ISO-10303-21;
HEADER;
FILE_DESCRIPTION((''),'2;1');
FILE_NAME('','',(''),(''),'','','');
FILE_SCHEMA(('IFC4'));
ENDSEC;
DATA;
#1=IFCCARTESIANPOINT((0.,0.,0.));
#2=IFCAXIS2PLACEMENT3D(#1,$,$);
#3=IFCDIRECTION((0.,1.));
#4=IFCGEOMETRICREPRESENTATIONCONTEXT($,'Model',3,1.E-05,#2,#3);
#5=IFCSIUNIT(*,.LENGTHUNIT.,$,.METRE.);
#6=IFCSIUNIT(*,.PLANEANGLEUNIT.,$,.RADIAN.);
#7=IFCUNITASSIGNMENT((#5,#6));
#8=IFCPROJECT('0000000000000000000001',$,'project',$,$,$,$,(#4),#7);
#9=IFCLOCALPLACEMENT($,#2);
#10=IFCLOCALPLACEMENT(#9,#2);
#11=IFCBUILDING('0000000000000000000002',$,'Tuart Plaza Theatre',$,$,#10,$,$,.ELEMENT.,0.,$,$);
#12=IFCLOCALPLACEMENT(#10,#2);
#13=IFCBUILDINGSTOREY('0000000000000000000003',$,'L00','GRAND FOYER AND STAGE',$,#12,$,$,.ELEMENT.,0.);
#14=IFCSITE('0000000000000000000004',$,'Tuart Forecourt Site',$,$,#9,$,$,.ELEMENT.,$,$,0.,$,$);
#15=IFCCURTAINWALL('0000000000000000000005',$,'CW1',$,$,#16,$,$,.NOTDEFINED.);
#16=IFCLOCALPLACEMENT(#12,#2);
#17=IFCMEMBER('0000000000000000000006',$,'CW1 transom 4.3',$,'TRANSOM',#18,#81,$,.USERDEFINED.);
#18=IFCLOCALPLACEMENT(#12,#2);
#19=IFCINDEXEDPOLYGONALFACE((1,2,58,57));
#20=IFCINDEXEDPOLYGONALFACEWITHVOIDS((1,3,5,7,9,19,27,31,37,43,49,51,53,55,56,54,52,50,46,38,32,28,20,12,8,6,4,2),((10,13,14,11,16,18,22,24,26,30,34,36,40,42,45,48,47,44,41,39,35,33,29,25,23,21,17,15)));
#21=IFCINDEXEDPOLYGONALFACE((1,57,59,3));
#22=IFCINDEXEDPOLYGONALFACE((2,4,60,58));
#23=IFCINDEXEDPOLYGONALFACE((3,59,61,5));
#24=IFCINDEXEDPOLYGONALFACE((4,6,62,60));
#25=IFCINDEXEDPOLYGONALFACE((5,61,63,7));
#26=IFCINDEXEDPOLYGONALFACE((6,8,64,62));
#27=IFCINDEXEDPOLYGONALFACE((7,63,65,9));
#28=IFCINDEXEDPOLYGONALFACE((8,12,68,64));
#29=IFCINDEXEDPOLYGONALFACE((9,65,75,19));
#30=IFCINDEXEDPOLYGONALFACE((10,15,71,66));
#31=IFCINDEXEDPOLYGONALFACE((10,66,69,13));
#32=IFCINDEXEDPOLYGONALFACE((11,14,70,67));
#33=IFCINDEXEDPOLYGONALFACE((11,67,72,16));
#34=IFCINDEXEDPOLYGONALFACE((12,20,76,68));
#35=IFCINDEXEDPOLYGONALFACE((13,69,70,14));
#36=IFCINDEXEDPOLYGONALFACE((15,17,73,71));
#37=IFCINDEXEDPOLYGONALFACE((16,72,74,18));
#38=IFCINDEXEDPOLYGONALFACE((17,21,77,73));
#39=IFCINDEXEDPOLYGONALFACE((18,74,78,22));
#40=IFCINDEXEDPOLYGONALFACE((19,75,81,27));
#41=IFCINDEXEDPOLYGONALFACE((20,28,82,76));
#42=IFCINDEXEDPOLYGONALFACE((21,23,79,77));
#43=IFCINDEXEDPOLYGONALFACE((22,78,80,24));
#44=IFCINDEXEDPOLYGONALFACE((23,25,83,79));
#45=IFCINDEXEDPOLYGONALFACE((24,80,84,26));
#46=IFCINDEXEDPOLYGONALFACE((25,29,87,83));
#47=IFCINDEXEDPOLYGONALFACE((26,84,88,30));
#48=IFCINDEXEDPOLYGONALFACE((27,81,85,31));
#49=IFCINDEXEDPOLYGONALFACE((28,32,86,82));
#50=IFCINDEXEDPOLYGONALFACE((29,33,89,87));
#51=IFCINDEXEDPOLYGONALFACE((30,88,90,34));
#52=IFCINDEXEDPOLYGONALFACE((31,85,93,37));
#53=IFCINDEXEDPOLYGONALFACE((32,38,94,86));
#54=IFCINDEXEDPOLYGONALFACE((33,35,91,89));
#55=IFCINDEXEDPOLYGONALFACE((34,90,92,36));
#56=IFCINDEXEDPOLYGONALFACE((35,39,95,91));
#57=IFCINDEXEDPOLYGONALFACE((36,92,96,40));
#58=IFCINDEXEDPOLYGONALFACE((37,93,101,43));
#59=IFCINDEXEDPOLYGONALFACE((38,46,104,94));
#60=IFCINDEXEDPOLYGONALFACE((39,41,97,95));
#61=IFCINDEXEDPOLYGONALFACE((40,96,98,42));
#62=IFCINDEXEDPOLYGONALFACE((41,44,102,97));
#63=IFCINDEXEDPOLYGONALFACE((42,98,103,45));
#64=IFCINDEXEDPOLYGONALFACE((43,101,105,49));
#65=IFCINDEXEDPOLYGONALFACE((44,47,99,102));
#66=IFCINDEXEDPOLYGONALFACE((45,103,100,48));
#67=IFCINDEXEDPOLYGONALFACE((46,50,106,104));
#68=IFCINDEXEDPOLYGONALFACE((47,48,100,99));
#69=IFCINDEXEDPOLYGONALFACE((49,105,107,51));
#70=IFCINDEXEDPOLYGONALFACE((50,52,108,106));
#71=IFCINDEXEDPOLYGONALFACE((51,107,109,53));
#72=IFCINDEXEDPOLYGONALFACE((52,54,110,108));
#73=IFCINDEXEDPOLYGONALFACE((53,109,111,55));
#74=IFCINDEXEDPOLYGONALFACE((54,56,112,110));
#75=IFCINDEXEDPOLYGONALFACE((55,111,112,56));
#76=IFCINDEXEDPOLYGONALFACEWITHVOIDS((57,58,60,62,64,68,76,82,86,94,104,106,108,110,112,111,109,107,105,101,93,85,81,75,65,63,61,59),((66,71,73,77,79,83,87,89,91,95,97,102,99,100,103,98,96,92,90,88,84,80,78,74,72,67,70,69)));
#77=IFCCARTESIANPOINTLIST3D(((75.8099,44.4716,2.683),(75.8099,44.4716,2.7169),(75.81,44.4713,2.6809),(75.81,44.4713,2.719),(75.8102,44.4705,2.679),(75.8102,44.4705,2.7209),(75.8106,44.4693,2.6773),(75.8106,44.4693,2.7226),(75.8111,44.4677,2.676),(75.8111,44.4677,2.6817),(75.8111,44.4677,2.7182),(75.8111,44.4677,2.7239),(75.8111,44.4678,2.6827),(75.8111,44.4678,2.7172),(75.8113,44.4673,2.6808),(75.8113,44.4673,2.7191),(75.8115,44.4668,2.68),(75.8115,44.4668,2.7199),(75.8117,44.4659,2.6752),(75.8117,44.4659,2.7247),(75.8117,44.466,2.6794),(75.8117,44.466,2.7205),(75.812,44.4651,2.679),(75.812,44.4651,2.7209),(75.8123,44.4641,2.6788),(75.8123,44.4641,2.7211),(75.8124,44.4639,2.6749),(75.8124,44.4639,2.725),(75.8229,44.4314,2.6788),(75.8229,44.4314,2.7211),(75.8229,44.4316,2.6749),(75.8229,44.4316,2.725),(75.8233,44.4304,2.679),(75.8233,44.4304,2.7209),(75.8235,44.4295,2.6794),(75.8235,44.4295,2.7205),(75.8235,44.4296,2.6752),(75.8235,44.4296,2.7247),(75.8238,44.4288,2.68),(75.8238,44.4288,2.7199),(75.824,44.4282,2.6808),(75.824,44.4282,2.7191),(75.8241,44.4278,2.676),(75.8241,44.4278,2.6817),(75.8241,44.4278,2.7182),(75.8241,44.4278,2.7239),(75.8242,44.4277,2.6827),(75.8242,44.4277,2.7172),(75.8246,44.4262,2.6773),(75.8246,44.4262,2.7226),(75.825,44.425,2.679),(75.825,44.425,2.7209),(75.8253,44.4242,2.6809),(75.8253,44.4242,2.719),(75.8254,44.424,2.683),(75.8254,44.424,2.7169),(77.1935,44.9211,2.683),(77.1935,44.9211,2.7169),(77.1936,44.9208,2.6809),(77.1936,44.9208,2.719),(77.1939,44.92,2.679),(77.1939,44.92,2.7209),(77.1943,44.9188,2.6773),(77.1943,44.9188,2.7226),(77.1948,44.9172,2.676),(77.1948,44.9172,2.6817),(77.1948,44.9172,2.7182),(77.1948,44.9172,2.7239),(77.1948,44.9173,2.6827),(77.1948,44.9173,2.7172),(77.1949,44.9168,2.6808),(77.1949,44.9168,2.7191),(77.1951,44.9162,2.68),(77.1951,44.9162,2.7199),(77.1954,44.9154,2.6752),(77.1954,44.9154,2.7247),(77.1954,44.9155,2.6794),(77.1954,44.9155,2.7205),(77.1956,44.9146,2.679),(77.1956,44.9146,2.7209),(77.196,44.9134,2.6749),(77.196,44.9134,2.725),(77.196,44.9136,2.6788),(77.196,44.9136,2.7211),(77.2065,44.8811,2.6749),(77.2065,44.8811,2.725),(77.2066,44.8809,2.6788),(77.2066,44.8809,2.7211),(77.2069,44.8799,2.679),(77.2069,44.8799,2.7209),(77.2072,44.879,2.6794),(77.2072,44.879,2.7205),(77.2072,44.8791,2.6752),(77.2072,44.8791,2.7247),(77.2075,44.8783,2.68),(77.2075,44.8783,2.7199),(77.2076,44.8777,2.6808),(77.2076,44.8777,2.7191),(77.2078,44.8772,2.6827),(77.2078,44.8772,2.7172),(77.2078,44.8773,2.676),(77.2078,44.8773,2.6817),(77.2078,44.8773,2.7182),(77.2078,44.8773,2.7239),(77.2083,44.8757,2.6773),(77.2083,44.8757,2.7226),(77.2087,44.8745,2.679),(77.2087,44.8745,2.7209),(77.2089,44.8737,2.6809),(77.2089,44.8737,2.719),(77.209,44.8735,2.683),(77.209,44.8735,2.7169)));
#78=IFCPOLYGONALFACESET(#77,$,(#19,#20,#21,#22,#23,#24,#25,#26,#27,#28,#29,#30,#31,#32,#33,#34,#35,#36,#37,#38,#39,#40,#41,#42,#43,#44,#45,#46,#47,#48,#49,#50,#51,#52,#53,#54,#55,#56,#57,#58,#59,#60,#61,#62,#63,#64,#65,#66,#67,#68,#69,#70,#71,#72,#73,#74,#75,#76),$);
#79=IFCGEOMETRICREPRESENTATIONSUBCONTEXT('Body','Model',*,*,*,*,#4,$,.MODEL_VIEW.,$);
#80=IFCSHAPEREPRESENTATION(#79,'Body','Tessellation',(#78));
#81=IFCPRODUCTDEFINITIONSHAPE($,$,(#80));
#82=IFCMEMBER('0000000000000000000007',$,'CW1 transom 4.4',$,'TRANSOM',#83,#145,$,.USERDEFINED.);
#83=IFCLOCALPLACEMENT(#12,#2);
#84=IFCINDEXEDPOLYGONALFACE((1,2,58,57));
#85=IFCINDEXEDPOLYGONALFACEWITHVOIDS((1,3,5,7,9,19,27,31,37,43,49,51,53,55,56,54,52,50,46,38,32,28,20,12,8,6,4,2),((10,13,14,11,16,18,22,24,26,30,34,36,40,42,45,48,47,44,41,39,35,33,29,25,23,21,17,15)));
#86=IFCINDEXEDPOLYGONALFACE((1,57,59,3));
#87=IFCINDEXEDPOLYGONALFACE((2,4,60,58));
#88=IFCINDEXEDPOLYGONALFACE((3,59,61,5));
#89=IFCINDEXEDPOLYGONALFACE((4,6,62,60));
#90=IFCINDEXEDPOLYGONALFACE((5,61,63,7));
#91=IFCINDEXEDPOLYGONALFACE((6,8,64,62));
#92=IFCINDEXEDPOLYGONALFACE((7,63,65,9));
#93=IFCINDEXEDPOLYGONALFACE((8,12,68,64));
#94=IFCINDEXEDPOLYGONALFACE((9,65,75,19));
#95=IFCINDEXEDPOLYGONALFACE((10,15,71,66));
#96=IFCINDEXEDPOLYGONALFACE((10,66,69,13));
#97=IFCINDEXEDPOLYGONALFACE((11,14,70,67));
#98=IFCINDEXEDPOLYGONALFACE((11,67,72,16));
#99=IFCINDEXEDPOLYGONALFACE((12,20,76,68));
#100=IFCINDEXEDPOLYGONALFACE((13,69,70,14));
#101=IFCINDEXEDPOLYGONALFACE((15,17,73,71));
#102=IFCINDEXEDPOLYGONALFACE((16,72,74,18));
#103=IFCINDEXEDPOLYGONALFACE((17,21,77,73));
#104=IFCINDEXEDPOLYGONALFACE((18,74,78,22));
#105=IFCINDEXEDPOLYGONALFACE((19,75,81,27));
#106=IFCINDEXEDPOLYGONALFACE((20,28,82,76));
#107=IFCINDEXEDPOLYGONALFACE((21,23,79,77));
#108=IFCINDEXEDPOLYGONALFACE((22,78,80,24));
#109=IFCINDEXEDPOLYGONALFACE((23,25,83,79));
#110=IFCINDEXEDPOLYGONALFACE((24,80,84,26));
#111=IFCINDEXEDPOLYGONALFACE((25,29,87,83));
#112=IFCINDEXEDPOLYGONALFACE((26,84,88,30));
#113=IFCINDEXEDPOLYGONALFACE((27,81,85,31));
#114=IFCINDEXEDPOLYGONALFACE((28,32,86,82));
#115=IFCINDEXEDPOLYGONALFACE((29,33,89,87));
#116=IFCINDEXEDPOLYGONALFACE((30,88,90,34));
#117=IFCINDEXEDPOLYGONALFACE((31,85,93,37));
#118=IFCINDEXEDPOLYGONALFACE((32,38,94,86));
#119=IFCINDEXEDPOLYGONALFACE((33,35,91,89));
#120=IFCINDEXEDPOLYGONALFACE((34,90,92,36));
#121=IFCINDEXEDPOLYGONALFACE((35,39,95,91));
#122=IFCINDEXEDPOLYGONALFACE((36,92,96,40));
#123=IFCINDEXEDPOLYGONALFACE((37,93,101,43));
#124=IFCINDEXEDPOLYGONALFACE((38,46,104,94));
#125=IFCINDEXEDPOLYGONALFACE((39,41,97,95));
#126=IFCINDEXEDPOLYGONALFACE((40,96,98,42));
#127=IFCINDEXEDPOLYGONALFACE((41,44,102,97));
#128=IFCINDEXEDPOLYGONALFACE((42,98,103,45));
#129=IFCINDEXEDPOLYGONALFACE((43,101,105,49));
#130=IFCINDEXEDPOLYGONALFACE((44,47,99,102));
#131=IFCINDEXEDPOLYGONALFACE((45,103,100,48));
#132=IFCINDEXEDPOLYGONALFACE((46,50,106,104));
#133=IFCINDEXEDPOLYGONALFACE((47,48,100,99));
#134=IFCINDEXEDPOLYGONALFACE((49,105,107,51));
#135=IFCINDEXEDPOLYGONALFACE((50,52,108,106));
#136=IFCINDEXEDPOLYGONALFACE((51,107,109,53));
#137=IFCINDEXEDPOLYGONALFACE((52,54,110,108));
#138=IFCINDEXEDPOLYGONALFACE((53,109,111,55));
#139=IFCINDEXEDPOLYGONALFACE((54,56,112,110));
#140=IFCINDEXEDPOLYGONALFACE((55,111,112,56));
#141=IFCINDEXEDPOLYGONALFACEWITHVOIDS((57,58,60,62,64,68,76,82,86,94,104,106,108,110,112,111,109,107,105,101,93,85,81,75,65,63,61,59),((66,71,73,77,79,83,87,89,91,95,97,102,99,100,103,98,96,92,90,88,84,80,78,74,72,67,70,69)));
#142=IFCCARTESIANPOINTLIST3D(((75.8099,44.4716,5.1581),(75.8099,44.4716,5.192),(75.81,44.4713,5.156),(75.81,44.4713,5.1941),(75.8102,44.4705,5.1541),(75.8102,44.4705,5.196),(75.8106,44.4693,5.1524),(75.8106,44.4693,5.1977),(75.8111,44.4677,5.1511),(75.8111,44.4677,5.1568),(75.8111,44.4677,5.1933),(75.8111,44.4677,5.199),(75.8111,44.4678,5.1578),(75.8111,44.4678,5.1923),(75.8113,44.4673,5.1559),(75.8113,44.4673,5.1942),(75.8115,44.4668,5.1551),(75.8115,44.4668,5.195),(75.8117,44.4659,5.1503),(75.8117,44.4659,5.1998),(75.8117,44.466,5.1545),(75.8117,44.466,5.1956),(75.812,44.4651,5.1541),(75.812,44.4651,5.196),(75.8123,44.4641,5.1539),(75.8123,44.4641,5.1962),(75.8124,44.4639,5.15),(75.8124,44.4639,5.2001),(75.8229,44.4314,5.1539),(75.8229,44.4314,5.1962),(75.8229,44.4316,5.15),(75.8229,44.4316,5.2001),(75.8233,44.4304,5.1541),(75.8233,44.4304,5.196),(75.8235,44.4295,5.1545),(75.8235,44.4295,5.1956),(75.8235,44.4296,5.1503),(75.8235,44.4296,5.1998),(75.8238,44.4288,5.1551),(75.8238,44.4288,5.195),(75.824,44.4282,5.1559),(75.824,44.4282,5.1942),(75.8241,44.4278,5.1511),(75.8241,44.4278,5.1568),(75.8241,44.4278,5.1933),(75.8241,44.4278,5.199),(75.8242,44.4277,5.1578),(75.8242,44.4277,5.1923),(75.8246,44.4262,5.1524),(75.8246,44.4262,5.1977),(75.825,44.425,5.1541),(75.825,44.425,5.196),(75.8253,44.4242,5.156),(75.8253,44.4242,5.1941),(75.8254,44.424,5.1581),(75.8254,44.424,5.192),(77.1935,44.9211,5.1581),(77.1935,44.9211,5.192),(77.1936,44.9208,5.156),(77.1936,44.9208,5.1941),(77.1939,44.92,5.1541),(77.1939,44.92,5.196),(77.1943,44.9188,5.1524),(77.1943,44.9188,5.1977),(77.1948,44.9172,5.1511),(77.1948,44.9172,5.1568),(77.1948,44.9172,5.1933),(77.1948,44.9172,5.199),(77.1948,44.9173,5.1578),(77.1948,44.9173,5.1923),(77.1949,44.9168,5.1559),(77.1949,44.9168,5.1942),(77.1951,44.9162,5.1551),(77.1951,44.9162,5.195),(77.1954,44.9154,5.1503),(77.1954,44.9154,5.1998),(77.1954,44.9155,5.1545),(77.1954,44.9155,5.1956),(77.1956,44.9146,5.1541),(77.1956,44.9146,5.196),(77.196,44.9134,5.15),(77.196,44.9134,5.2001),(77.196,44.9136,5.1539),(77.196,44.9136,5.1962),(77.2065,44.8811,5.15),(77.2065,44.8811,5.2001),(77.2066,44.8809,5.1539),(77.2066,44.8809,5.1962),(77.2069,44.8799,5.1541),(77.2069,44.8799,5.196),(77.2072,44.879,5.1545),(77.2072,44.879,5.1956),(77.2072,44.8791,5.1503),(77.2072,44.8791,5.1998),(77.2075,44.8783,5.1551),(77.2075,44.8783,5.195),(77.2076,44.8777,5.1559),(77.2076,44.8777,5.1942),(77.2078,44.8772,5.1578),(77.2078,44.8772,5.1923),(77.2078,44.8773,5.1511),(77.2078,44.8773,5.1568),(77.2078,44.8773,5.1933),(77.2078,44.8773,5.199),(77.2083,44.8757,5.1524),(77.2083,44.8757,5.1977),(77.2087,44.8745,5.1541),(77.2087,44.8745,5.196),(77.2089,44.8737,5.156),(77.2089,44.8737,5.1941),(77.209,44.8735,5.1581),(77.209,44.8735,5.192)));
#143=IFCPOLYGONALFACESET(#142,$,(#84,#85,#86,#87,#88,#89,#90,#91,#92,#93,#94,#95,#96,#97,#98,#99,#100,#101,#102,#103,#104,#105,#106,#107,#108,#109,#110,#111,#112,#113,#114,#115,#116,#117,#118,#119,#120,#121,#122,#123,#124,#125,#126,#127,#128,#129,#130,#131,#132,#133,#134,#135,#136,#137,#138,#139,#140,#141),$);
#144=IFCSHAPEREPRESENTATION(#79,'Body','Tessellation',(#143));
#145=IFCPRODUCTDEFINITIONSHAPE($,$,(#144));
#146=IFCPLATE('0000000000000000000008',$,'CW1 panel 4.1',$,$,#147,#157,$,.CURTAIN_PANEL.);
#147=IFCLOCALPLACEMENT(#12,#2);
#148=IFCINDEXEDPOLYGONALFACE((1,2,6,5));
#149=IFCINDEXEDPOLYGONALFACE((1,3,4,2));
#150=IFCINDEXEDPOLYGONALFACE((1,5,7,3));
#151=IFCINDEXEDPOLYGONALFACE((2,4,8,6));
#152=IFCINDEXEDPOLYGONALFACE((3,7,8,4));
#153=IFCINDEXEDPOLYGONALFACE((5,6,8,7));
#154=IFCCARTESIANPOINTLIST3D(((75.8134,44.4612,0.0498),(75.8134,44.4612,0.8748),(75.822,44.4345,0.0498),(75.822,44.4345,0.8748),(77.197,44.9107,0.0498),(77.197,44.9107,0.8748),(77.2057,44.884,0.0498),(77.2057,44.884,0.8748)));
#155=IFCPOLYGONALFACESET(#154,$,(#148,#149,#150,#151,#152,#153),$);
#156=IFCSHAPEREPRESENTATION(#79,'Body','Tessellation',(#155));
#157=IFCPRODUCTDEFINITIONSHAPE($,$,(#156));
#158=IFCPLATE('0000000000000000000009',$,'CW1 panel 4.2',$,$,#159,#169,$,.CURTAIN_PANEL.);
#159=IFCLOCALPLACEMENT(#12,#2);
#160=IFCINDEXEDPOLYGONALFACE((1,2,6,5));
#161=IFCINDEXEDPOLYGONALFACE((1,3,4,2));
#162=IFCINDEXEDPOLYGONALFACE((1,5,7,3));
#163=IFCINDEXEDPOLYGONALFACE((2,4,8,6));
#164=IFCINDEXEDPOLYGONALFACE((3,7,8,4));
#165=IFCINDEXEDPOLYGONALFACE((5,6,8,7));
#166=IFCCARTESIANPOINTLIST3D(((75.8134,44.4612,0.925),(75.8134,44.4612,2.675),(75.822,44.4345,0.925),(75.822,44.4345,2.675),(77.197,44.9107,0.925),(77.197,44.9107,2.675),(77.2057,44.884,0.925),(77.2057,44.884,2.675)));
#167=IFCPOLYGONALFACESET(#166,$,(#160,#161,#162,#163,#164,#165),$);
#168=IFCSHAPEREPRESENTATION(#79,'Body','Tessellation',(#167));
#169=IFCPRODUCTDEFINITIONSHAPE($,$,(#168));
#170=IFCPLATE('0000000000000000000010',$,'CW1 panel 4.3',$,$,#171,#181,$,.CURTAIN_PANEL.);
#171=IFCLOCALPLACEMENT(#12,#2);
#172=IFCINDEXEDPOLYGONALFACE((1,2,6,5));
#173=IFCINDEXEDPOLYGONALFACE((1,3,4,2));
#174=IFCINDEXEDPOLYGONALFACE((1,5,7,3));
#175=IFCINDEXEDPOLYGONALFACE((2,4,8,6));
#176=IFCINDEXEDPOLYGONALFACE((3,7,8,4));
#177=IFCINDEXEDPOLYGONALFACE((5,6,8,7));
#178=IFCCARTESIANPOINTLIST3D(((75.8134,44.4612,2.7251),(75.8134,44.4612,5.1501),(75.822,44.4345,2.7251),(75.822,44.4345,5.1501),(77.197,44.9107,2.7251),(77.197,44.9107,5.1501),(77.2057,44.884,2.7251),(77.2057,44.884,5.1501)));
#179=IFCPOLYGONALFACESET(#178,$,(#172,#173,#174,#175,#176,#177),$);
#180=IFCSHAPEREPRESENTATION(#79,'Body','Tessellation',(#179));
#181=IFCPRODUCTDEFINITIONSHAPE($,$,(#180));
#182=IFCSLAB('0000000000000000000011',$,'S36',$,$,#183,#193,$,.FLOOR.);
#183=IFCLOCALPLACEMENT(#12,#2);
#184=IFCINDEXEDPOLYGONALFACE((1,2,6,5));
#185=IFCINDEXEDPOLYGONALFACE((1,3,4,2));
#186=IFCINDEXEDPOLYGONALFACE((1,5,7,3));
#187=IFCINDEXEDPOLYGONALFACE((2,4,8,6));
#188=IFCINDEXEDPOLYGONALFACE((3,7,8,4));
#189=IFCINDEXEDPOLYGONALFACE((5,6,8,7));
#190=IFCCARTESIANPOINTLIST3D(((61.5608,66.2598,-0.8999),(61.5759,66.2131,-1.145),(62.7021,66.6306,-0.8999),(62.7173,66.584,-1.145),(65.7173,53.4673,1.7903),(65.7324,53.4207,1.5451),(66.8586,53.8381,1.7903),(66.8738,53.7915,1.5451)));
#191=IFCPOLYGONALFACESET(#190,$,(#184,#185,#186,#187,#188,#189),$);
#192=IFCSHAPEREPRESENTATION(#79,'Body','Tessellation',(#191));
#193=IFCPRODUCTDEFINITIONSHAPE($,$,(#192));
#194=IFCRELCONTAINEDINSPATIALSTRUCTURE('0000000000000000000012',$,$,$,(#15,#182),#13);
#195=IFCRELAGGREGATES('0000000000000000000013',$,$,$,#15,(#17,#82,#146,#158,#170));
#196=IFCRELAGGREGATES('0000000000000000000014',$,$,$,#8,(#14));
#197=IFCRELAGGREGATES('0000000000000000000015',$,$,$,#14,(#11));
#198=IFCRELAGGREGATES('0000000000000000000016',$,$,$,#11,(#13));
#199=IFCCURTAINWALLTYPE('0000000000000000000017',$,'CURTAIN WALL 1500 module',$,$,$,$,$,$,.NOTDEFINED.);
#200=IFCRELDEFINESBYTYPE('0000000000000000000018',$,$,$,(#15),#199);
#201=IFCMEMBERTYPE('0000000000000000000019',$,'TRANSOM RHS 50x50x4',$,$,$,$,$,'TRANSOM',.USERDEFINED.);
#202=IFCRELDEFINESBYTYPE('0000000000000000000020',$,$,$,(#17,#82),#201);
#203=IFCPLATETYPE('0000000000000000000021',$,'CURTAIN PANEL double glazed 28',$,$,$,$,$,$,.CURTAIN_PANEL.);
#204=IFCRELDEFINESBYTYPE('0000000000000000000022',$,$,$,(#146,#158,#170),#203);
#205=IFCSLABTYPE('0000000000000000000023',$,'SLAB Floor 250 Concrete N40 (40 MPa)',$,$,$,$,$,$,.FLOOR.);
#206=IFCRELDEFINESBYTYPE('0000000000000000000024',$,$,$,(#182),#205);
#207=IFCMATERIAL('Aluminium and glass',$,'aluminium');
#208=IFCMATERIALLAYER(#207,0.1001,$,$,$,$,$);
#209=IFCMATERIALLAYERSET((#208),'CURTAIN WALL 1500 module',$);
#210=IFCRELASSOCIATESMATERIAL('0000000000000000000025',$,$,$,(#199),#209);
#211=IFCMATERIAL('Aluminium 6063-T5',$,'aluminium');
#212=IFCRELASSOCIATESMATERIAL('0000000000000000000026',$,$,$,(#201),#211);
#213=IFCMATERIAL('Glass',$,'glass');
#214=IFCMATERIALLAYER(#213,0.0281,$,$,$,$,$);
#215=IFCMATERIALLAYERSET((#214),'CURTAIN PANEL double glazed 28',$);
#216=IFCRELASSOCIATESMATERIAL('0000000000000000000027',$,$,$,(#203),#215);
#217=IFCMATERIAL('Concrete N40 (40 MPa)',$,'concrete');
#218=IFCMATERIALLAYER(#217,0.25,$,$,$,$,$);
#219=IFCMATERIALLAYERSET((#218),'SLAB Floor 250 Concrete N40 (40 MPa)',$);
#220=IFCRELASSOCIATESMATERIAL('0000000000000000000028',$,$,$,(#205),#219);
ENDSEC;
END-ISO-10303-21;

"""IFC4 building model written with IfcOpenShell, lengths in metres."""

from ifc_helpers import new_model, si_unit, direction, frame, origin, origin_2d, place, context, subcontext, project, spatial, polyline, rectangle, hollow_rectangle, outline, extrude, material, layer, layer_set, material_profile, profile_set, type_object, element, aggregate, save


model = new_model("IFC4")

# Units and contexts
model_context = context("Model", 3, precision=1e-05, world=origin(), true_north=direction((0.0, 1.0)))
body_context = subcontext(model_context, "Body", "Model", "MODEL_VIEW")
ifc_project = project(units=[si_unit("LENGTHUNIT", "METRE"), si_unit("PLANEANGLEUNIT", "RADIAN")], contexts=[model_context])

# Site, building, storey
site_placement = place(None, origin())
site = spatial("IfcSite", under=ifc_project, at=site_placement, Name="Tuart Forecourt Site", CompositionType="ELEMENT", RefElevation=0.0)
building_placement = place(site_placement, origin())
building = spatial("IfcBuilding", under=site, at=building_placement, Name="Tuart Plaza Theatre", CompositionType="ELEMENT", ElevationOfRefHeight=0.0)
storey_placement = place(building_placement, origin())
storey = spatial("IfcBuildingStorey", under=building, at=storey_placement, Name="L00", Description="GRAND FOYER AND STAGE", CompositionType="ELEMENT", Elevation=0.0)

# Curtain wall, members, plates
ifc_material_1 = material(Name="Aluminium and glass", Category="aluminium")
ifc_layer_1 = layer(ifc_material_1, 0.1001)
ifc_layer_set_1 = layer_set([ifc_layer_1], Name="CURTAIN WALL 1500 module")
curtain_wall_type = type_object("IfcCurtainWallType", Name="CURTAIN WALL 1500 module", PredefinedType="NOTDEFINED", material=ifc_layer_set_1)
curtain_wall_placement = place(storey_placement, origin())
curtain_wall = element("IfcCurtainWall", 1, at=curtain_wall_placement, inside=storey, type_object=curtain_wall_type, Name="CW1", PredefinedType="NOTDEFINED")
ifc_material_2 = material(Name="Aluminium 6063-T5", Category="aluminium")
ifc_material_profile_1 = material_profile(ifc_material_2, hollow_rectangle(XDim=0.05, YDim=0.05, WallThickness=0.0039, InnerFilletRadius=0.0039, OuterFilletRadius=0.0081, at=origin_2d()), Name="RHS 50x50x4")
ifc_profile_set_1 = profile_set([ifc_material_profile_1], Name="Aluminium 6063-T5")
member_type_1 = type_object("IfcMemberType", Name="TRANSOM RHS 50x50x4", ElementType="TRANSOM", PredefinedType="USERDEFINED", material=ifc_profile_set_1)
member_1_placement = place(storey_placement, frame((75.8176, 44.4478, 2.7), z_axis=(0.951072, 0.308968, 0.0), x_axis=(-0.308968, 0.951072, 0.0)))
member_1 = element("IfcMember", 2, at=member_1_placement, type_object=member_type_1, Name="CW1 transom 4.3", ObjectType="TRANSOM", PredefinedType="USERDEFINED", context=body_context, shape_type="SweptSolid", body=[
    extrude(hollow_rectangle(XDim=0.05, YDim=0.05, WallThickness=0.0039, InnerFilletRadius=0.0039, OuterFilletRadius=0.0081, at=origin_2d()), origin(), (0.0, 0.0, 1.0), 1.4548),
])
member_2_placement = place(storey_placement, frame((75.8176, 44.4478, 5.175), z_axis=(0.951072, 0.308968, 0.0), x_axis=(-0.308968, 0.951072, 0.0)))
member_2 = element("IfcMember", 3, at=member_2_placement, type_object=member_type_1, Name="CW1 transom 4.4", ObjectType="TRANSOM", PredefinedType="USERDEFINED", context=body_context, shape_type="SweptSolid", body=[
    extrude(hollow_rectangle(XDim=0.05, YDim=0.05, WallThickness=0.0039, InnerFilletRadius=0.0039, OuterFilletRadius=0.0081, at=origin_2d()), origin(), (0.0, 0.0, 1.0), 1.4548),
])
ifc_material_3 = material(Name="Glass", Category="glass")
ifc_layer_2 = layer(ifc_material_3, 0.0281)
ifc_layer_set_2 = layer_set([ifc_layer_2], Name="CURTAIN PANEL double glazed 28")
plate_type = type_object("IfcPlateType", Name="CURTAIN PANEL double glazed 28", PredefinedType="CURTAIN_PANEL", material=ifc_layer_set_2)
plate_1_placement = place(storey_placement, frame((76.5095, 44.6726, 0.0498), z_axis=(0.0, 0.0, 1.0), x_axis=(0.951067, 0.308986, 0.0)))
plate_1 = element("IfcPlate", 4, at=plate_1_placement, type_object=plate_type, Name="CW1 panel 4.1", PredefinedType="CURTAIN_PANEL", context=body_context, shape_type="SweptSolid", body=[
    extrude(rectangle(XDim=1.4548, YDim=0.0281, at=origin_2d()), origin(), (0.0, 0.0, 1.0), 0.825),
])
plate_2_placement = place(storey_placement, frame((76.5095, 44.6726, 0.925), z_axis=(0.0, 0.0, 1.0), x_axis=(0.951067, 0.308986, 0.0)))
plate_2 = element("IfcPlate", 5, at=plate_2_placement, type_object=plate_type, Name="CW1 panel 4.2", PredefinedType="CURTAIN_PANEL", context=body_context, shape_type="SweptSolid", body=[
    extrude(rectangle(XDim=1.4548, YDim=0.0281, at=origin_2d()), origin(), (0.0, 0.0, 1.0), 1.75),
])
plate_3_placement = place(storey_placement, frame((76.5095, 44.6726, 2.7251), z_axis=(0.0, 0.0, 1.0), x_axis=(0.951067, 0.308986, 0.0)))
plate_3 = element("IfcPlate", 6, at=plate_3_placement, type_object=plate_type, Name="CW1 panel 4.3", PredefinedType="CURTAIN_PANEL", context=body_context, shape_type="SweptSolid", body=[
    extrude(rectangle(XDim=1.4548, YDim=0.0281, at=origin_2d()), origin(), (0.0, 0.0, 1.0), 2.425),
])
aggregate(curtain_wall, [member_1, member_2, plate_1, plate_2, plate_3])

# Slab
ifc_material_4 = material(Name="Concrete N40 (40 MPa)", Category="concrete")
ifc_layer_3 = layer(ifc_material_4, 0.25)
ifc_layer_set_3 = layer_set([ifc_layer_3], Name="SLAB Floor 250 Concrete N40 (40 MPa)")
slab_type_1 = type_object("IfcSlabType", Name="SLAB Floor 250 Concrete N40 (40 MPa)", PredefinedType="FLOOR", material=ifc_layer_set_3)
slab_1_placement = place(storey_placement, frame((65.7173, 53.4673, 1.7903), z_axis=(-0.060604, 0.186519, 0.98058), x_axis=(0.951056, 0.309017, 0.0)))
element("IfcSlab", 7, at=slab_1_placement, inside=storey, type_object=slab_type_1, Name="S36", PredefinedType="FLOOR", context=body_context, shape_type="SweptSolid", body=[
    extrude(outline(polyline([(0.0, 0.0), (1.2001, 0.0), (1.2001, 13.7172), (0.0, 13.7172), (0.0, 0.0)])), origin(), (0.0, 0.0, -1.0), 0.25),
])

save(model, "model.ifc")
